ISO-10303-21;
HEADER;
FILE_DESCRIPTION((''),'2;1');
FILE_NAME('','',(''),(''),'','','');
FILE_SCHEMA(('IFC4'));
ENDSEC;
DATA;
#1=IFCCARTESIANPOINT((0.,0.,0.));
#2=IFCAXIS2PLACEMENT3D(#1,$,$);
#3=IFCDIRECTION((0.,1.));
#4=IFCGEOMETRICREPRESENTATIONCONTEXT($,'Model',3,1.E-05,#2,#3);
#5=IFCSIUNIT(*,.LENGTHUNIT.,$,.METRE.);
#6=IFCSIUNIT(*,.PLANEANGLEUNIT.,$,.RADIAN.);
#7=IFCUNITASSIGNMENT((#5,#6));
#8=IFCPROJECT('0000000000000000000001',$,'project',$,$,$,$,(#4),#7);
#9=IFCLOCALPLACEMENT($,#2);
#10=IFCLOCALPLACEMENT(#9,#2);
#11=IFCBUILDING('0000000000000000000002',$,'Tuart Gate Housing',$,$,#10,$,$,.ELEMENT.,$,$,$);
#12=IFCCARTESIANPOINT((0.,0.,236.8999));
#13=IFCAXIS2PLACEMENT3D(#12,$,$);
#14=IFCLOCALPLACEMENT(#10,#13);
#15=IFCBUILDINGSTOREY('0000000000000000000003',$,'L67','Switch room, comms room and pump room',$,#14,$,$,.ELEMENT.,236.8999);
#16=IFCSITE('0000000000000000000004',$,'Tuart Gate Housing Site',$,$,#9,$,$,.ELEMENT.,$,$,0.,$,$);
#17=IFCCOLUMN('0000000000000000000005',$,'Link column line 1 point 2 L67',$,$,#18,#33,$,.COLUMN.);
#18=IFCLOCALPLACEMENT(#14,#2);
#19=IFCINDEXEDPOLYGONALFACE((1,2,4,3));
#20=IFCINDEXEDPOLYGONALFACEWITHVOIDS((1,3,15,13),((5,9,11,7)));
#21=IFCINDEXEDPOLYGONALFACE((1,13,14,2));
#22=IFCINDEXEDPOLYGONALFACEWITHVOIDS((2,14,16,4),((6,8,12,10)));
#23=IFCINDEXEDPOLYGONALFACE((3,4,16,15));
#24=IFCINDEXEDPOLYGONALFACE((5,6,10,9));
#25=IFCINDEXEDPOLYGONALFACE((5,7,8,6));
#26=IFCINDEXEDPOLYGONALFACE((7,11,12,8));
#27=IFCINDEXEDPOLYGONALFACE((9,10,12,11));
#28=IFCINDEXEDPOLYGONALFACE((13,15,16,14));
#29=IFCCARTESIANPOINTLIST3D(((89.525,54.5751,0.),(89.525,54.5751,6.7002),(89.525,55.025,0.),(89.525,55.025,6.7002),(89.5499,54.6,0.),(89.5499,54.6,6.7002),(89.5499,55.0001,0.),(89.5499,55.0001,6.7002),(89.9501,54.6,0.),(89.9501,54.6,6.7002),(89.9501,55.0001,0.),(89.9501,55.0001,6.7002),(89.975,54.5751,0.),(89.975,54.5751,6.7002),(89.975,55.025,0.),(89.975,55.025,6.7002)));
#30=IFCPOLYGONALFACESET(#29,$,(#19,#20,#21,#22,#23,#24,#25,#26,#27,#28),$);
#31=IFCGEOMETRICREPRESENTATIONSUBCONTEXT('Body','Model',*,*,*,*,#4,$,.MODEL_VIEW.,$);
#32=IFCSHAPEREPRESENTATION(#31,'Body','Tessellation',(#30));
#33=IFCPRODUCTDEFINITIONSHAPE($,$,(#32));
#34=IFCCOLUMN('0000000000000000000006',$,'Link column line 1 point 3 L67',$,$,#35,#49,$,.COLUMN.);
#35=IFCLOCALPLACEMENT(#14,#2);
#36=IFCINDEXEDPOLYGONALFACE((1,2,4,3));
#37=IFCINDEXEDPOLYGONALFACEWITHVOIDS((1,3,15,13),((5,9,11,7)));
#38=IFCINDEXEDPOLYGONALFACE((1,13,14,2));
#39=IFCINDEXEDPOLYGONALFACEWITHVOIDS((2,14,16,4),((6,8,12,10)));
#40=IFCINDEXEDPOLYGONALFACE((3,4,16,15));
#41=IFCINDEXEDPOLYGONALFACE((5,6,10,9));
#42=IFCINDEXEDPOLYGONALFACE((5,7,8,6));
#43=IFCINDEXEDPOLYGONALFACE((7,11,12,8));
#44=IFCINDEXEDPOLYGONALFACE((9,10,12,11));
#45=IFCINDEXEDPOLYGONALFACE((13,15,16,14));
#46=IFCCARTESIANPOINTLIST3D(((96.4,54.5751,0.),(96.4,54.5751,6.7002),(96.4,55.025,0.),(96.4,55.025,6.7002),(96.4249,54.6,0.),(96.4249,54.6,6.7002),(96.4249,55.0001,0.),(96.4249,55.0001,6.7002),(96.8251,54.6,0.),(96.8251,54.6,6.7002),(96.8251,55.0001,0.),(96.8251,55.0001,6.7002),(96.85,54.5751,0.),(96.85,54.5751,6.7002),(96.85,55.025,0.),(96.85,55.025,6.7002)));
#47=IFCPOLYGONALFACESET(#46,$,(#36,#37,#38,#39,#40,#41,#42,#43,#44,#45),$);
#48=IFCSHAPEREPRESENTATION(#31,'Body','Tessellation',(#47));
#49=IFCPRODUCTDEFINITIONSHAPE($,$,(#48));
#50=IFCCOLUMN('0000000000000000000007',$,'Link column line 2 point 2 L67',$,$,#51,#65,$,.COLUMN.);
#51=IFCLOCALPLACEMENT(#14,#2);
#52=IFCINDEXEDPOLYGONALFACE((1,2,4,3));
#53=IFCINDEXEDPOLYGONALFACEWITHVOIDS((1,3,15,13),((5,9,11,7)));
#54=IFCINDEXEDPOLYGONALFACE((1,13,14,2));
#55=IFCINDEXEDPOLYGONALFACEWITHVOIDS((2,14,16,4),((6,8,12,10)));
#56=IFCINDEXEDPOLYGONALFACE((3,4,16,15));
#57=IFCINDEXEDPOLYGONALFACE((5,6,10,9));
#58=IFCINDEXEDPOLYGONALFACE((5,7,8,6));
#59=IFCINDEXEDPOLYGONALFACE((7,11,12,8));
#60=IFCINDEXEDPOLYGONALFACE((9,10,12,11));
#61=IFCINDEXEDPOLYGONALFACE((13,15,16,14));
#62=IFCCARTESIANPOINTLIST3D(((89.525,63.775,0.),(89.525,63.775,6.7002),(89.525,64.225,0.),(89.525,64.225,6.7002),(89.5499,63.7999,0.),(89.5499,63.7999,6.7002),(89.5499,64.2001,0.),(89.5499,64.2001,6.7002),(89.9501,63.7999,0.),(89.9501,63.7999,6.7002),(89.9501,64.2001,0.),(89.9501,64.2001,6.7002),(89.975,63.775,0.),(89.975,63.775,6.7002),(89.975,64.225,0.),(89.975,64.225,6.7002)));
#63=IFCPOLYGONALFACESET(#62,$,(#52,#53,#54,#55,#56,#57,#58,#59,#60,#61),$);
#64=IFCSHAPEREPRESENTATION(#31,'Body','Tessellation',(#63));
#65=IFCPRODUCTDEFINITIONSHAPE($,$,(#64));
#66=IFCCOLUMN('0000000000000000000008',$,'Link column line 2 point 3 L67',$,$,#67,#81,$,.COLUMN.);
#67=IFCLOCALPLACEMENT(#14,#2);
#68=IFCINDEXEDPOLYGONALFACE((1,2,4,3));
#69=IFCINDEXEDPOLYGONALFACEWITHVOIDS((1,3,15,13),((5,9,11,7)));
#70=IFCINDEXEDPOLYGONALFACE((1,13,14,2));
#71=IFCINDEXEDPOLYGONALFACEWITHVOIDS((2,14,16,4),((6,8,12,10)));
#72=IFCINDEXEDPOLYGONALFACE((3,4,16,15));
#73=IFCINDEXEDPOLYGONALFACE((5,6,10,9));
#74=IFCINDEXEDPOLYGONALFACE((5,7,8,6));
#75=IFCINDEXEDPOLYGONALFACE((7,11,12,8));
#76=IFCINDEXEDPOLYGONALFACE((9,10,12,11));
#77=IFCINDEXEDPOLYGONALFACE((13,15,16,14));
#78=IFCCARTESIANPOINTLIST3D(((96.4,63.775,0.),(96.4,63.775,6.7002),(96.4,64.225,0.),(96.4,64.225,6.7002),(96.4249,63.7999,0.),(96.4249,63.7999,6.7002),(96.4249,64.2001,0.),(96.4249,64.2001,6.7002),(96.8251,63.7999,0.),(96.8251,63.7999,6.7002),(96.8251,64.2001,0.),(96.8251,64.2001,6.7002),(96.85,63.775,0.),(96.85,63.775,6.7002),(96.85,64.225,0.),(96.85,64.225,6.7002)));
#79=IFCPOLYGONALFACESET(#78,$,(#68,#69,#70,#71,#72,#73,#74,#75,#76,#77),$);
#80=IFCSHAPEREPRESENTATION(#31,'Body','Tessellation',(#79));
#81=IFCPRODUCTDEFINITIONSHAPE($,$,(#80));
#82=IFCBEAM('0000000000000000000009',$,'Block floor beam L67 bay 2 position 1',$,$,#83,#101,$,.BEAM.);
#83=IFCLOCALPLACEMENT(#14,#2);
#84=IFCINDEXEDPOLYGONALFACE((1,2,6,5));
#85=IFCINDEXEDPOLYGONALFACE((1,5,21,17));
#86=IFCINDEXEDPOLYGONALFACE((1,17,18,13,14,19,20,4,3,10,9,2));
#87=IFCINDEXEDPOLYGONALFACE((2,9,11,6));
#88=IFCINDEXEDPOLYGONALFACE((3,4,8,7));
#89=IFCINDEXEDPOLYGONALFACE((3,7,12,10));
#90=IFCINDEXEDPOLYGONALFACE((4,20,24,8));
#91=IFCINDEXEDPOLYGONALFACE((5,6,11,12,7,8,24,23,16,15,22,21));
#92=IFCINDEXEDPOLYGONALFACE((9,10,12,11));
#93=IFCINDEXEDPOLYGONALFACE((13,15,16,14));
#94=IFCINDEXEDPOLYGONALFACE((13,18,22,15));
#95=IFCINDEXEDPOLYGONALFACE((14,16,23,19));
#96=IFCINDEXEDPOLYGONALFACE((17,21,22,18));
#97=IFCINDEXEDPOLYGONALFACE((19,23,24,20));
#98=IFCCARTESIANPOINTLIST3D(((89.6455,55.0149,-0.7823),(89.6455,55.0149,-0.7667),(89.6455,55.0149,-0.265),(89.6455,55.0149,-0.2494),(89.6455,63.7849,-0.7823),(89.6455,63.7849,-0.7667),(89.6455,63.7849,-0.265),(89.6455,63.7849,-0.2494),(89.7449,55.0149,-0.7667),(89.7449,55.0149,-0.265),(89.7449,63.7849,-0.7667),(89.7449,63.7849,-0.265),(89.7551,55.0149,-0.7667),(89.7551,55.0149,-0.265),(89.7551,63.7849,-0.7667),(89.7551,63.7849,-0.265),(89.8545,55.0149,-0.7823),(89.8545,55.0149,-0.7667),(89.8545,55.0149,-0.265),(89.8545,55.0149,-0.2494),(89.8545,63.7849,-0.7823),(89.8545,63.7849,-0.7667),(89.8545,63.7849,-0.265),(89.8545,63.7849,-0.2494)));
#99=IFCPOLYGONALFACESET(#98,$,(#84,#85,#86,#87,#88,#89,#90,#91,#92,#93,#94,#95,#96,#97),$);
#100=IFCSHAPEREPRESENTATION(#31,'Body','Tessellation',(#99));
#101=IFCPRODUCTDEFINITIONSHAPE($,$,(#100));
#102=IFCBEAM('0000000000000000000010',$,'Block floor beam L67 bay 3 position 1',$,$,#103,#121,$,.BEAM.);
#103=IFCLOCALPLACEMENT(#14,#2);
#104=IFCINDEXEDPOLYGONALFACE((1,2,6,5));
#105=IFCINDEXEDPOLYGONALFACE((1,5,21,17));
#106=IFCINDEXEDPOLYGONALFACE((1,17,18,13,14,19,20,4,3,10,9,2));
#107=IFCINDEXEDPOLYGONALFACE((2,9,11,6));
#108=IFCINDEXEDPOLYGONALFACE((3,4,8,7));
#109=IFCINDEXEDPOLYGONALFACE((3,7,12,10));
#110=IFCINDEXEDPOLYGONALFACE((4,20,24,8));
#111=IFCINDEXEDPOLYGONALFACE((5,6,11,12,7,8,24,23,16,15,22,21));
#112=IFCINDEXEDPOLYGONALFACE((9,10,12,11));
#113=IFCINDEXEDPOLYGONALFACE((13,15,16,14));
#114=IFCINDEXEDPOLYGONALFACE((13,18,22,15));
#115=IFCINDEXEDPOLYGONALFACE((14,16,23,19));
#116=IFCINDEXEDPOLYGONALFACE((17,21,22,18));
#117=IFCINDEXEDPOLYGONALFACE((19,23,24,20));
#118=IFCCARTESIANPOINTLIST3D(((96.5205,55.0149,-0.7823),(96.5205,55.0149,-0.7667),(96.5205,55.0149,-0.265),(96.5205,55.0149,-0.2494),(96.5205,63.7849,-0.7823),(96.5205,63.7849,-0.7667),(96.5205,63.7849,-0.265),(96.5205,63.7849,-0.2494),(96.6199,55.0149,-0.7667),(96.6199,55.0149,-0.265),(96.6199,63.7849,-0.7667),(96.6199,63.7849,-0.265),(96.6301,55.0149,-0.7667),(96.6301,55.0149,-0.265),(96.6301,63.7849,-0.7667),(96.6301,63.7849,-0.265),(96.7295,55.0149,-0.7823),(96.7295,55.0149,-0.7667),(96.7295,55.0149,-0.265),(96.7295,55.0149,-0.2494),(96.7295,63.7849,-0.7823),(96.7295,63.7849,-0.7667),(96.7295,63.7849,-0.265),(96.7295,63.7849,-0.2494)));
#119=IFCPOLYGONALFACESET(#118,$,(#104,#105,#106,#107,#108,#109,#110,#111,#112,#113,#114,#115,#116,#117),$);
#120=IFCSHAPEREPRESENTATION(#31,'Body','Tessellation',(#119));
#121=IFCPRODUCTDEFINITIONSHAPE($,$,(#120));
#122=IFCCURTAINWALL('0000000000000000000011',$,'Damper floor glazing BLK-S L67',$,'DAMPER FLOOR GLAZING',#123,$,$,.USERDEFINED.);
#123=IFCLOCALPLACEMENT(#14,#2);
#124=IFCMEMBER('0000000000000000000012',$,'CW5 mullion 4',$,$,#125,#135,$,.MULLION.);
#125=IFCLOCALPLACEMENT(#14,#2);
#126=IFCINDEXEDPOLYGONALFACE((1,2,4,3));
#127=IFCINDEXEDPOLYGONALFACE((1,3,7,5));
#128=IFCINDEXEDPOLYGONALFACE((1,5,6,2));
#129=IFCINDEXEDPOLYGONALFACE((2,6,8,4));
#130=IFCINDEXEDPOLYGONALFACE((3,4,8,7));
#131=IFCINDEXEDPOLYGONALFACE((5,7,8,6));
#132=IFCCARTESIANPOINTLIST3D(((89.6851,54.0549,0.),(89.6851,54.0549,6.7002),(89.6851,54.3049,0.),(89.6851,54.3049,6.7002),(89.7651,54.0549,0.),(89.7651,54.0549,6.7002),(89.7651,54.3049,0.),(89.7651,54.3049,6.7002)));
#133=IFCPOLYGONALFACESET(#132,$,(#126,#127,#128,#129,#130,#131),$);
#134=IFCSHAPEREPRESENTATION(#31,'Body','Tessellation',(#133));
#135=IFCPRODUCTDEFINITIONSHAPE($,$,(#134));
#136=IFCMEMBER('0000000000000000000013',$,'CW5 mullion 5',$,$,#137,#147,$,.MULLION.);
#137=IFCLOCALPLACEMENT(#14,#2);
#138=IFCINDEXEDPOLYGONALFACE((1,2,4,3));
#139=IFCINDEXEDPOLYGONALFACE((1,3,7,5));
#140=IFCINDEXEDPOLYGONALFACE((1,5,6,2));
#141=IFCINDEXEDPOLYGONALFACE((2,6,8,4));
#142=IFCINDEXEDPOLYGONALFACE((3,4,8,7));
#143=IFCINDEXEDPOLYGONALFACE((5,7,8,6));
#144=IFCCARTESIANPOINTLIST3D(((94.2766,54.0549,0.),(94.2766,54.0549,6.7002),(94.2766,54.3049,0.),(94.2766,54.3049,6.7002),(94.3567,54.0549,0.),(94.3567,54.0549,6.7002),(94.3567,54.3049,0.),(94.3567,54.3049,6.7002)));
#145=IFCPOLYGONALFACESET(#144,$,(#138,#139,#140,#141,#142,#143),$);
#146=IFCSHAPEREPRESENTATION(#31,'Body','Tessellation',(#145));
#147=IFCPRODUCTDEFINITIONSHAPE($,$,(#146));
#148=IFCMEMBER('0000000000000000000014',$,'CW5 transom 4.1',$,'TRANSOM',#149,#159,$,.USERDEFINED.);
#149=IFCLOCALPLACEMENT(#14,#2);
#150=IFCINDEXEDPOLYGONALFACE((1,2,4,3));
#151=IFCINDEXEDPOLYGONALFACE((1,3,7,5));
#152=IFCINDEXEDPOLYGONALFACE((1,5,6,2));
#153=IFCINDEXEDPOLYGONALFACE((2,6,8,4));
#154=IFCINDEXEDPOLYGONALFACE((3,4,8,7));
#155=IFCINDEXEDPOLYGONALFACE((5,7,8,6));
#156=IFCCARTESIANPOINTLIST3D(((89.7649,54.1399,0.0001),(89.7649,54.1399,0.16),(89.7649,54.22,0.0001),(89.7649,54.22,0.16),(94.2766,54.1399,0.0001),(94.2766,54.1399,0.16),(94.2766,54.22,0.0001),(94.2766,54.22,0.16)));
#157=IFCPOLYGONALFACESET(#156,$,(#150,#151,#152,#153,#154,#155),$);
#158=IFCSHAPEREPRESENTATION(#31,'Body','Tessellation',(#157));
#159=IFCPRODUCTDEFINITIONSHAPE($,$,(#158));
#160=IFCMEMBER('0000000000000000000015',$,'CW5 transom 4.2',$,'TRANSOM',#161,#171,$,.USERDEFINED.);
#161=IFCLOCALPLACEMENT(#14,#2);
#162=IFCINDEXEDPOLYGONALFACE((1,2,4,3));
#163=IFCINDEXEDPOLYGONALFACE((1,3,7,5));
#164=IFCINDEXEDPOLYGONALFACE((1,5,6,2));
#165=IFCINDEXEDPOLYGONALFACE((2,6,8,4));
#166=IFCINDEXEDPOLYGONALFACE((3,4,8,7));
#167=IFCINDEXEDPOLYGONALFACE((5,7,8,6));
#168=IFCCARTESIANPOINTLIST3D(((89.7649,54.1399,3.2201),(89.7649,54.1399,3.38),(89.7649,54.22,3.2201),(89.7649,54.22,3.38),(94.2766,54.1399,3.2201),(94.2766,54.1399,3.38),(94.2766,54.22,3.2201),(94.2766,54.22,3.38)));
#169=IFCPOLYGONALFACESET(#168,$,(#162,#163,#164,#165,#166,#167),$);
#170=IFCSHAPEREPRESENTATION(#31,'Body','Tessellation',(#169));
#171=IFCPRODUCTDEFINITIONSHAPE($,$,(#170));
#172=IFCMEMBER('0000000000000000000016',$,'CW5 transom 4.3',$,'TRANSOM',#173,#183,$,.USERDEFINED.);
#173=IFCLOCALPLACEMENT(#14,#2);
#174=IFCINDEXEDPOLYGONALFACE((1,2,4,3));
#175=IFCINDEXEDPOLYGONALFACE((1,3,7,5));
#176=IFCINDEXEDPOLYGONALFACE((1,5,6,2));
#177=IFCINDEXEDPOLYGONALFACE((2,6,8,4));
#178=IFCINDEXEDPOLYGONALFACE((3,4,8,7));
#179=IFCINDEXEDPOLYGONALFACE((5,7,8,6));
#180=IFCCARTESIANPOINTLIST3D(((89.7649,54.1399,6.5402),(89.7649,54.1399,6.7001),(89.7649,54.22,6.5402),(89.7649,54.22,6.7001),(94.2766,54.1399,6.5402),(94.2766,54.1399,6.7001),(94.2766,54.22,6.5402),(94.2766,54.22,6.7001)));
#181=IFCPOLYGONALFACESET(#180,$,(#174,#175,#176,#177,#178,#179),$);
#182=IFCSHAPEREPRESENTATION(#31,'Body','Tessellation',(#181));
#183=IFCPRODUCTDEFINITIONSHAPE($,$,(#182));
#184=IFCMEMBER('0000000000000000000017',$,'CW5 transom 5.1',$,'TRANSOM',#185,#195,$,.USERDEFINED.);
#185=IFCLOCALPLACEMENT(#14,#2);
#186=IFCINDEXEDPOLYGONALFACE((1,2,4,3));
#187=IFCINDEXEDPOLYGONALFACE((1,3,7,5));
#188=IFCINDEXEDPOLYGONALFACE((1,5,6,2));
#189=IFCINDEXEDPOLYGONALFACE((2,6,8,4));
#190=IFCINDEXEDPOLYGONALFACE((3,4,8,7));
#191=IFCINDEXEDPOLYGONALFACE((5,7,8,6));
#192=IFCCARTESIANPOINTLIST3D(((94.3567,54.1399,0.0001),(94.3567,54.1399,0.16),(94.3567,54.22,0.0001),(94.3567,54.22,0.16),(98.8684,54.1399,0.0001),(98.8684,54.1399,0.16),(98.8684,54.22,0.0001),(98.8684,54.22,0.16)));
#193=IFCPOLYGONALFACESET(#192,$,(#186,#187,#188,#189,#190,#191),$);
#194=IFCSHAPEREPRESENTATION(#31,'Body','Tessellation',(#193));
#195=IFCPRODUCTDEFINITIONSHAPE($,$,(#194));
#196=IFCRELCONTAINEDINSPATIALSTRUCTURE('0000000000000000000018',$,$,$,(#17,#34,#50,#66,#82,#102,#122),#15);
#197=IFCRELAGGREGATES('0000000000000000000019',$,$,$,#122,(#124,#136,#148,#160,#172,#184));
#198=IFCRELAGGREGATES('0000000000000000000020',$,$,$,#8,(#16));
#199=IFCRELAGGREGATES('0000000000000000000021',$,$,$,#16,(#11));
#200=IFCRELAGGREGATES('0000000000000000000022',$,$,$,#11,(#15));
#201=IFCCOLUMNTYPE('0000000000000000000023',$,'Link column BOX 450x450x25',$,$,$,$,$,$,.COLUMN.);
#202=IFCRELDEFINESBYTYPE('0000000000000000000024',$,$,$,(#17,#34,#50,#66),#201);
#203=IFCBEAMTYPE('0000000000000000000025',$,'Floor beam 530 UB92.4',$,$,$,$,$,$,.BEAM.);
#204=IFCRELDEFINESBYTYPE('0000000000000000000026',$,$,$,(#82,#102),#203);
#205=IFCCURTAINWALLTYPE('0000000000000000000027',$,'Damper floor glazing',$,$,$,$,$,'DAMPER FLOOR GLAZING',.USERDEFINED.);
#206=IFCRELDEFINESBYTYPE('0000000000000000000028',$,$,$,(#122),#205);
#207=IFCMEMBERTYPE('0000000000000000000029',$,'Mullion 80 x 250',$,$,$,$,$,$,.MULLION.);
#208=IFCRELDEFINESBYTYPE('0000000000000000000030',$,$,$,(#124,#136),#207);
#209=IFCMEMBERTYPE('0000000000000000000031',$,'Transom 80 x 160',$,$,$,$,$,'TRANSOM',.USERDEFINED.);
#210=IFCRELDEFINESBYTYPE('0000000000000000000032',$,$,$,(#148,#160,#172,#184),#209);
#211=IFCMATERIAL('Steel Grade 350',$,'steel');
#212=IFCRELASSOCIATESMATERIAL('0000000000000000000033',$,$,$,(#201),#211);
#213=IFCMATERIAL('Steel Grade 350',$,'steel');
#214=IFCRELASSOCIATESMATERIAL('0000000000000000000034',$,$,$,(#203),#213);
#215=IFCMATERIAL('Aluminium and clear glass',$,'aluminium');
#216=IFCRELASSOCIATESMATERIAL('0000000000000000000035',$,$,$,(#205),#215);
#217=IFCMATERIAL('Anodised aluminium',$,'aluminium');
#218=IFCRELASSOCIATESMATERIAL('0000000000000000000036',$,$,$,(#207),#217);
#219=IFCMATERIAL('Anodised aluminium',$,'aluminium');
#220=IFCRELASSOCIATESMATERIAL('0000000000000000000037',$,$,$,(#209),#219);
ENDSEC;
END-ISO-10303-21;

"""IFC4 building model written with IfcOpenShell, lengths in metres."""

from ifc_helpers import new_model, si_unit, direction, frame, origin, origin_2d, place, context, subcontext, project, spatial, rectangle, hollow_rectangle, i_section, extrude, material, material_profile, profile_set, type_object, element, aggregate, save


model = new_model("IFC4")

# Units and contexts
model_context = context("Model", 3, precision=1e-05, world=origin(), true_north=direction((0.0, 1.0)))
body_context = subcontext(model_context, "Body", "Model", "MODEL_VIEW")
ifc_project = project(units=[si_unit("LENGTHUNIT", "METRE"), si_unit("PLANEANGLEUNIT", "RADIAN")], contexts=[model_context])

# Site, building, storey
site_placement = place(None, origin())
site = spatial("IfcSite", under=ifc_project, at=site_placement, Name="Tuart Gate Housing Site", CompositionType="ELEMENT", RefElevation=0.0)
building_placement = place(site_placement, origin())
building = spatial("IfcBuilding", under=site, at=building_placement, Name="Tuart Gate Housing", CompositionType="ELEMENT")
storey_placement = place(building_placement, frame((0.0, 0.0, 236.8999)))
storey = spatial("IfcBuildingStorey", under=building, at=storey_placement, Name="L67", Description="Switch room, comms room and pump room", CompositionType="ELEMENT", Elevation=236.8999)

# Columns
ifc_material_1 = material(Name="Steel Grade 350", Category="steel")
ifc_material_profile_1 = material_profile(ifc_material_1, hollow_rectangle(XDim=0.45, YDim=0.45, WallThickness=0.0249, at=origin_2d()), Name="BOX 450x450x25")
ifc_profile_set_1 = profile_set([ifc_material_profile_1], Name="Steel Grade 350")
column_type = type_object("IfcColumnType", Name="Link column BOX 450x450x25", PredefinedType="COLUMN", material=ifc_profile_set_1)
for number, where, z_axis, x_axis, name in (
    (1, (89.75, 54.8, 0.0), (0.0, 0.0, 1.0), (1.0, 0.0, 0.0), "Link column line 1 point 2 L67"),
    (2, (96.625, 54.8, 0.0), (0.0, 0.0, 1.0), (1.0, 0.0, 0.0), "Link column line 1 point 3 L67"),
    (3, (89.75, 64.0, 0.0), (0.0, 0.0, 1.0), (1.0, 0.0, 0.0), "Link column line 2 point 2 L67"),
    (4, (96.625, 64.0, 0.0), (0.0, 0.0, 1.0), (1.0, 0.0, 0.0), "Link column line 2 point 3 L67"),
):
    element("IfcColumn", number, at=place(storey_placement, frame(where, z_axis=z_axis, x_axis=x_axis)), inside=storey, type_object=column_type, Name=name, PredefinedType="COLUMN", context=body_context, shape_type="SweptSolid", body=[
        extrude(hollow_rectangle(XDim=0.45, YDim=0.45, WallThickness=0.0249, at=origin_2d()), origin(), (0.0, 0.0, 1.0), 6.7002),
    ])

# Beams
ifc_material_2 = material(Name="Steel Grade 350", Category="steel")
ifc_material_profile_2 = material_profile(ifc_material_2, i_section(OverallWidth=0.209, OverallDepth=0.533, WebThickness=0.0103, FlangeThickness=0.0156, at=origin_2d()), Name="530UB92.4")
ifc_profile_set_2 = profile_set([ifc_material_profile_2], Name="Steel Grade 350")
beam_type = type_object("IfcBeamType", Name="Floor beam 530 UB92.4", PredefinedType="BEAM", material=ifc_profile_set_2)
for number, where, z_axis, x_axis, name in (
    (5, (89.75, 55.0149, -0.5159), (0.0, 1.0, 0.0), (-1.0, 0.0, 0.0), "Block floor beam L67 bay 2 position 1"),
    (6, (96.625, 55.0149, -0.5159), (0.0, 1.0, 0.0), (-1.0, 0.0, 0.0), "Block floor beam L67 bay 3 position 1"),
):
    element("IfcBeam", number, at=place(storey_placement, frame(where, z_axis=z_axis, x_axis=x_axis)), inside=storey, type_object=beam_type, Name=name, PredefinedType="BEAM", context=body_context, shape_type="SweptSolid", body=[
        extrude(i_section(OverallWidth=0.209, OverallDepth=0.533, WebThickness=0.0103, FlangeThickness=0.0156, at=origin_2d()), origin(), (0.0, 0.0, 1.0), 8.77),
    ])

# Curtain wall, members
ifc_material_3 = material(Name="Aluminium and clear glass", Category="aluminium")
curtain_wall_type = type_object("IfcCurtainWallType", Name="Damper floor glazing", ElementType="DAMPER FLOOR GLAZING", PredefinedType="USERDEFINED", material=ifc_material_3)
curtain_wall_placement = place(storey_placement, origin())
curtain_wall = element("IfcCurtainWall", 7, at=curtain_wall_placement, inside=storey, type_object=curtain_wall_type, Name="Damper floor glazing BLK-S L67", ObjectType="DAMPER FLOOR GLAZING", PredefinedType="USERDEFINED")
ifc_material_4 = material(Name="Anodised aluminium", Category="aluminium")
ifc_material_profile_3 = material_profile(ifc_material_4, rectangle(XDim=0.0801, YDim=0.25, at=origin_2d()), Name="80x250")
ifc_profile_set_3 = profile_set([ifc_material_profile_3], Name="Anodised aluminium")
member_type_1 = type_object("IfcMemberType", Name="Mullion 80 x 250", PredefinedType="MULLION", material=ifc_profile_set_3)
member_1_placement = place(storey_placement, frame((89.7251, 54.1799, 0.0), z_axis=(0.0, 0.0, 1.0), x_axis=(1.0, 0.0, 0.0)))
member_1 = element("IfcMember", 8, at=member_1_placement, type_object=member_type_1, Name="CW5 mullion 4", PredefinedType="MULLION", context=body_context, shape_type="SweptSolid", body=[
    extrude(rectangle(XDim=0.0801, YDim=0.25, at=origin_2d()), origin(), (0.0, 0.0, 1.0), 6.7002),
])
member_2_placement = place(storey_placement, frame((94.3167, 54.1799, 0.0), z_axis=(0.0, 0.0, 1.0), x_axis=(1.0, 0.0, 0.0)))
member_2 = element("IfcMember", 9, at=member_2_placement, type_object=member_type_1, Name="CW5 mullion 5", PredefinedType="MULLION", context=body_context, shape_type="SweptSolid", body=[
    extrude(rectangle(XDim=0.0801, YDim=0.25, at=origin_2d()), origin(), (0.0, 0.0, 1.0), 6.7002),
])
ifc_material_5 = material(Name="Anodised aluminium", Category="aluminium")
ifc_material_profile_4 = material_profile(ifc_material_5, rectangle(XDim=0.0801, YDim=0.1599, at=origin_2d()), Name="80x160")
ifc_profile_set_4 = profile_set([ifc_material_profile_4], Name="Anodised aluminium")
member_type_2 = type_object("IfcMemberType", Name="Transom 80 x 160", ElementType="TRANSOM", PredefinedType="USERDEFINED", material=ifc_profile_set_4)
member_3_placement = place(storey_placement, frame((89.7649, 54.1799, 0.0801), z_axis=(1.0, 0.0, 0.0), x_axis=(0.0, 1.0, 0.0)))
member_3 = element("IfcMember", 10, at=member_3_placement, type_object=member_type_2, Name="CW5 transom 4.1", ObjectType="TRANSOM", PredefinedType="USERDEFINED", context=body_context, shape_type="SweptSolid", body=[
    extrude(rectangle(XDim=0.0801, YDim=0.1599, at=origin_2d()), origin(), (0.0, 0.0, 1.0), 4.5117),
])
member_4_placement = place(storey_placement, frame((89.7649, 54.1799, 3.3), z_axis=(1.0, 0.0, 0.0), x_axis=(0.0, 1.0, 0.0)))
member_4 = element("IfcMember", 11, at=member_4_placement, type_object=member_type_2, Name="CW5 transom 4.2", ObjectType="TRANSOM", PredefinedType="USERDEFINED", context=body_context, shape_type="SweptSolid", body=[
    extrude(rectangle(XDim=0.0801, YDim=0.1599, at=origin_2d()), origin(), (0.0, 0.0, 1.0), 4.5117),
])
member_5_placement = place(storey_placement, frame((89.7649, 54.1799, 6.6201), z_axis=(1.0, 0.0, 0.0), x_axis=(0.0, 1.0, 0.0)))
member_5 = element("IfcMember", 12, at=member_5_placement, type_object=member_type_2, Name="CW5 transom 4.3", ObjectType="TRANSOM", PredefinedType="USERDEFINED", context=body_context, shape_type="SweptSolid", body=[
    extrude(rectangle(XDim=0.0801, YDim=0.1599, at=origin_2d()), origin(), (0.0, 0.0, 1.0), 4.5117),
])
member_6_placement = place(storey_placement, frame((94.3567, 54.1799, 0.0801), z_axis=(1.0, 0.0, 0.0), x_axis=(0.0, 1.0, 0.0)))
member_6 = element("IfcMember", 13, at=member_6_placement, type_object=member_type_2, Name="CW5 transom 5.1", ObjectType="TRANSOM", PredefinedType="USERDEFINED", context=body_context, shape_type="SweptSolid", body=[
    extrude(rectangle(XDim=0.0801, YDim=0.1599, at=origin_2d()), origin(), (0.0, 0.0, 1.0), 4.5117),
])
aggregate(curtain_wall, [member_1, member_2, member_3, member_4, member_5, member_6])

save(model, "model.ifc")
